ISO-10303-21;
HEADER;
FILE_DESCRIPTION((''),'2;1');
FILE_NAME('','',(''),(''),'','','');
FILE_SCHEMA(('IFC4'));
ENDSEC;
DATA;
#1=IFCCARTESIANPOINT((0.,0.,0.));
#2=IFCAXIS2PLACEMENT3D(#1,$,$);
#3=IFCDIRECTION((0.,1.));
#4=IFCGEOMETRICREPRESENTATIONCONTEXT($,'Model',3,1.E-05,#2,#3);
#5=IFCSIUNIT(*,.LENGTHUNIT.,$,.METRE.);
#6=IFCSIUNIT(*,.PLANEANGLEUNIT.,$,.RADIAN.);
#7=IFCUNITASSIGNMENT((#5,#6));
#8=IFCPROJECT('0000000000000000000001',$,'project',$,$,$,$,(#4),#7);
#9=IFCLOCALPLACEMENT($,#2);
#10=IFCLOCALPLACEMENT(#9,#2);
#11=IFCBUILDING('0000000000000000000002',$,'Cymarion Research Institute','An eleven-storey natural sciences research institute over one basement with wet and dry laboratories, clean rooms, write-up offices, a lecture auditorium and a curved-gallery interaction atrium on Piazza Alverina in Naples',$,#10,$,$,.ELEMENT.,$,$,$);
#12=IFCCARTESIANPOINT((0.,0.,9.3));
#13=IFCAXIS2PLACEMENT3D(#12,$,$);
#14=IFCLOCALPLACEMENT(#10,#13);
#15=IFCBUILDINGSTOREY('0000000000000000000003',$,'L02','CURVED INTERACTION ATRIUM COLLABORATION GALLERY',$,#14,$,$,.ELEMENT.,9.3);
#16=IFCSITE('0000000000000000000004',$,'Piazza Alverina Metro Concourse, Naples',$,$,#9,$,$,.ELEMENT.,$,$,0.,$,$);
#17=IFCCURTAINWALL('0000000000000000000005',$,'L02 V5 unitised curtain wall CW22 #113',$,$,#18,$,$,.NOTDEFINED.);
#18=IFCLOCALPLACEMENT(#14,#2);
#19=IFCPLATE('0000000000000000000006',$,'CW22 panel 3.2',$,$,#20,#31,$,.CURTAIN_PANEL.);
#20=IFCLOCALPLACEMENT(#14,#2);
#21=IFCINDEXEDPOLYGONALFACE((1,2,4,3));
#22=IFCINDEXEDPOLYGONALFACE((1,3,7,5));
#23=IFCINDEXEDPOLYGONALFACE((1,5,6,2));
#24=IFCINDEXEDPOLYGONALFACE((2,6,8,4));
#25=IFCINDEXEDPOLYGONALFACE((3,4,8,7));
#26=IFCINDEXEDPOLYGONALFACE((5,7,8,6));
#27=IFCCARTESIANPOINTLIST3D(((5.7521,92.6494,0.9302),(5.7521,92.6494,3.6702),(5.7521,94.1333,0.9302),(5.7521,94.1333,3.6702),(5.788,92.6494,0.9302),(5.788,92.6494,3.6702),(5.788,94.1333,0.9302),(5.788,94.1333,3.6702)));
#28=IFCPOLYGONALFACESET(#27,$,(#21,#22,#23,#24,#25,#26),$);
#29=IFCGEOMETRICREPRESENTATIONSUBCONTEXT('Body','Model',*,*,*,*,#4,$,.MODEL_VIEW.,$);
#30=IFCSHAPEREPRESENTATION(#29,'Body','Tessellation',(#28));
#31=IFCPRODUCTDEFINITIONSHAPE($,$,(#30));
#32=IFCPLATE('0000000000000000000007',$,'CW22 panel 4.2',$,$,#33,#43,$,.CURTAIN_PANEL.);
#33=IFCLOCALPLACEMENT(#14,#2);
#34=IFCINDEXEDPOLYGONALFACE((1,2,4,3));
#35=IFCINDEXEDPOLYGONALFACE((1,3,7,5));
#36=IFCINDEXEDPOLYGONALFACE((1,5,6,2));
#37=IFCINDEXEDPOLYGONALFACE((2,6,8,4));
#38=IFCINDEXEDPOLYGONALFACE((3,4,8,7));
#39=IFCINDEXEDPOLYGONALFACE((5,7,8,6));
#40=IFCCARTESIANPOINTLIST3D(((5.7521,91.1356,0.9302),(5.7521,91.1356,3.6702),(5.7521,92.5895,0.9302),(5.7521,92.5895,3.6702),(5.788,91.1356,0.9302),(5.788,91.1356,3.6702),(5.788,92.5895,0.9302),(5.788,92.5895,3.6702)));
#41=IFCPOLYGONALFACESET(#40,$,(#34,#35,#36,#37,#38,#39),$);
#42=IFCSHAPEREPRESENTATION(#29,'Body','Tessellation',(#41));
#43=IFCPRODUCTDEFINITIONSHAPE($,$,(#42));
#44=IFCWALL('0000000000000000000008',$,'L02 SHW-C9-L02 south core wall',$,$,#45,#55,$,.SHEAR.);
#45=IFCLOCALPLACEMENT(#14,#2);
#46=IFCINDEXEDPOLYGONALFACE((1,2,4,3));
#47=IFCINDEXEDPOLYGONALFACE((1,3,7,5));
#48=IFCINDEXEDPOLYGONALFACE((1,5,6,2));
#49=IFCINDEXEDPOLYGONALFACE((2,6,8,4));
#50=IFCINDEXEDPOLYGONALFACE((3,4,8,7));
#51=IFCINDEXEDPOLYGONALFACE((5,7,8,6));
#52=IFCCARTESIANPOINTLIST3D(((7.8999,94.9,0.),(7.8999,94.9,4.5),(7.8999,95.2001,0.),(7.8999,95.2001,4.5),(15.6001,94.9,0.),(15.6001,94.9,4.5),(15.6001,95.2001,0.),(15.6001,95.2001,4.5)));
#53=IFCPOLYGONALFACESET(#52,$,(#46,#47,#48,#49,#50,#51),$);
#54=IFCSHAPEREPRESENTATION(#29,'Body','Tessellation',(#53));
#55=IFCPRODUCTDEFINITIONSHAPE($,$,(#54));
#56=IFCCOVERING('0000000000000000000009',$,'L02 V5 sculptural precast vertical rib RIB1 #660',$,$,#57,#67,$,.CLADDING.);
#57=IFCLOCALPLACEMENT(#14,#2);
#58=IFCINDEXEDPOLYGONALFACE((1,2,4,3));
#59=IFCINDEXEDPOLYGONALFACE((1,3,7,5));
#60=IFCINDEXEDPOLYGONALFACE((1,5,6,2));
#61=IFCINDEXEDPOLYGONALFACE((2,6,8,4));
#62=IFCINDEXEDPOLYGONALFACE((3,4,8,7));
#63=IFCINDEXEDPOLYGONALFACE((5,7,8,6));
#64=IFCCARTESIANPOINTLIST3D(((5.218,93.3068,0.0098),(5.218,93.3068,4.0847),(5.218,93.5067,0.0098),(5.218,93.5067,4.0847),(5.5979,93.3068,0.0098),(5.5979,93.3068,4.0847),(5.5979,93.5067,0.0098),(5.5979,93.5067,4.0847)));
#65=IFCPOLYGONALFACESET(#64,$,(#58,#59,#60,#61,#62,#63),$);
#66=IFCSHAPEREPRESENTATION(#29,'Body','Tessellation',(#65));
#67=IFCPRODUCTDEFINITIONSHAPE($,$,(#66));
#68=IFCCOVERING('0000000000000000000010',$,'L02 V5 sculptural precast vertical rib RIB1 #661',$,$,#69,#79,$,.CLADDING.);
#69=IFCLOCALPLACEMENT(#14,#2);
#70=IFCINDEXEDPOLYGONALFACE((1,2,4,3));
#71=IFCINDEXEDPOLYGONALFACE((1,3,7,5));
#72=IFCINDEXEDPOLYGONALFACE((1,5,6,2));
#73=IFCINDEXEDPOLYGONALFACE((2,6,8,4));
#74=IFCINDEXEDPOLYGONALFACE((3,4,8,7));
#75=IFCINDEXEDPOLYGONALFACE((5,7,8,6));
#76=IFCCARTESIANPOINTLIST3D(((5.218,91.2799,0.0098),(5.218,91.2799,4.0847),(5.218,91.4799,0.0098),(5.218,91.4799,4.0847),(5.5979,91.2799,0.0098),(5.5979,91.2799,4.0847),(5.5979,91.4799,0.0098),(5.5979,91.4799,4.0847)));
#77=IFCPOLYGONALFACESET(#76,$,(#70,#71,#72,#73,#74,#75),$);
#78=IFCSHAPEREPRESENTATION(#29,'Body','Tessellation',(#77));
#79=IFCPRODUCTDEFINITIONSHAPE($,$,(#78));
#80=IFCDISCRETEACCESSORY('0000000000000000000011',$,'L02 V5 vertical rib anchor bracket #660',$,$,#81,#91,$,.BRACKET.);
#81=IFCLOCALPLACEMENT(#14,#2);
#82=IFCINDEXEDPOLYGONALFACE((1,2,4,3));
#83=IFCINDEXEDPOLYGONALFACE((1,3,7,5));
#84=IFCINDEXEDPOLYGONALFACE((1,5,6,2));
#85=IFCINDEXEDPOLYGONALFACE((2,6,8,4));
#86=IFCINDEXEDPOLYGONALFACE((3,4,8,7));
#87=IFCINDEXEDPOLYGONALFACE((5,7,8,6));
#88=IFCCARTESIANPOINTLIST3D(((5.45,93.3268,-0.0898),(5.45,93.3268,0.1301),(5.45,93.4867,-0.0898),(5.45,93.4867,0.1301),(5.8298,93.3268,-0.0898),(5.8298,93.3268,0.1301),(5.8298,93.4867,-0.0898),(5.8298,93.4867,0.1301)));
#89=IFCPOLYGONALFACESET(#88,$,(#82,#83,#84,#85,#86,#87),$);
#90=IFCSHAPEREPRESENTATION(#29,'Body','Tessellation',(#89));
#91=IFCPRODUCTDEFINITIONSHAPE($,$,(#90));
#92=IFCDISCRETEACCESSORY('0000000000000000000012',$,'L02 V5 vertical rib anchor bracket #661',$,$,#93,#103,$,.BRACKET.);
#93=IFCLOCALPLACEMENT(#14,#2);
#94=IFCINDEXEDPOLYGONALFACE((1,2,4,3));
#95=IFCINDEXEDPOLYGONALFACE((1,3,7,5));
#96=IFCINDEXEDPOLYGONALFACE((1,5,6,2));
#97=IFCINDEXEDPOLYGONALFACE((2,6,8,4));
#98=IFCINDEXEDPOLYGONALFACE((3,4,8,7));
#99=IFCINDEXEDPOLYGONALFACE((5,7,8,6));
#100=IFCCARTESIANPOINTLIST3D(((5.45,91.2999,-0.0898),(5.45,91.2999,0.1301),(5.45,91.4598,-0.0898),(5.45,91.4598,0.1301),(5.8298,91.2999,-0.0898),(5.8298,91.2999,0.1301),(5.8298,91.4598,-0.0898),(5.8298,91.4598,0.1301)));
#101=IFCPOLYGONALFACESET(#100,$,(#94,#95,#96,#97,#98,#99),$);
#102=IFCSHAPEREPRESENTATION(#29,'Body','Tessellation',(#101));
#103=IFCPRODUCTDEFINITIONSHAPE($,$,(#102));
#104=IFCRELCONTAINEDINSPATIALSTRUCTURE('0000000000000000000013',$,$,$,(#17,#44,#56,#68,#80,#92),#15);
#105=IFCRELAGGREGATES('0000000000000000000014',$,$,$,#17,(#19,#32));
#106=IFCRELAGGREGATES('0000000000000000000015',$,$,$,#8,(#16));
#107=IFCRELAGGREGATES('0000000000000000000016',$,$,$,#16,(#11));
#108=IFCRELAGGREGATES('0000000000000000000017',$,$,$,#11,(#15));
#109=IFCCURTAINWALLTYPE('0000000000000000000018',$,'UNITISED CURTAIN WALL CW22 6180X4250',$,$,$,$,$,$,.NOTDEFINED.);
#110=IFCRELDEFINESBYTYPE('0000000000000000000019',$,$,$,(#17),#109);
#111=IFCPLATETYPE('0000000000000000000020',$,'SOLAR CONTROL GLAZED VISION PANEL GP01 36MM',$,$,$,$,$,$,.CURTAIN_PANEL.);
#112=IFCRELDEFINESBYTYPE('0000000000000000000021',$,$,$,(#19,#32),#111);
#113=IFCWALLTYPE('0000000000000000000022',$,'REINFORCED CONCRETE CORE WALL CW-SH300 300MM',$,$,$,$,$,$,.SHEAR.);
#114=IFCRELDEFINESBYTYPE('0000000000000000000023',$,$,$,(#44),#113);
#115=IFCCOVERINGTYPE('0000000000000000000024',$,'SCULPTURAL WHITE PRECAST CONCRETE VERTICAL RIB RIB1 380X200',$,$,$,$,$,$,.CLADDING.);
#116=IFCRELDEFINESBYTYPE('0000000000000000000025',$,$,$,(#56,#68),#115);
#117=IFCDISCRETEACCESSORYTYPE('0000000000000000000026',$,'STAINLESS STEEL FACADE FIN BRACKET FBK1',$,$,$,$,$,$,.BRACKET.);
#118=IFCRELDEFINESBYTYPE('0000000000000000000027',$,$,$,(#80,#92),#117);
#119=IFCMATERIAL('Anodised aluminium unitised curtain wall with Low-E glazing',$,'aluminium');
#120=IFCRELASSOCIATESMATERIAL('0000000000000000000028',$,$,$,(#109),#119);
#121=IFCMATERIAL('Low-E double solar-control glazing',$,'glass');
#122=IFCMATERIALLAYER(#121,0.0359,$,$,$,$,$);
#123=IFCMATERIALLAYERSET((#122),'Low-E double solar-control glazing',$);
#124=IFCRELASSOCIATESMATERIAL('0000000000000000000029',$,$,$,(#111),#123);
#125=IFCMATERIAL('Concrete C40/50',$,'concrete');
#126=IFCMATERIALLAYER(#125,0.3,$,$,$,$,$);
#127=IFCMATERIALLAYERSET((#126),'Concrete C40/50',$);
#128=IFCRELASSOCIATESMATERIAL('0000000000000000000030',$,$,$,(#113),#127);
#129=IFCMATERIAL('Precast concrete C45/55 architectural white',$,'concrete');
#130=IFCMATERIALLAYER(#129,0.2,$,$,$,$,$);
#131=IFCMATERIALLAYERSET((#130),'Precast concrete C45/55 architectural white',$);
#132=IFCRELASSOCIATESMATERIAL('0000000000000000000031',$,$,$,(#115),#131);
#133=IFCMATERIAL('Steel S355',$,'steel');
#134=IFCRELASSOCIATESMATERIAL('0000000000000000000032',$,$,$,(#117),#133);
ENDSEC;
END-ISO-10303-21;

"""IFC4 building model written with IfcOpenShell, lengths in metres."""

from ifc_helpers import new_model, si_unit, direction, frame, frame_2d, origin, origin_2d, place, context, subcontext, project, spatial, rectangle, extrude, material, layer, layer_set, type_object, element, aggregate, save


model = new_model("IFC4")

# Units and contexts
model_context = context("Model", 3, precision=1e-05, world=origin(), true_north=direction((0.0, 1.0)))
body_context = subcontext(model_context, "Body", "Model", "MODEL_VIEW")
ifc_project = project(units=[si_unit("LENGTHUNIT", "METRE"), si_unit("PLANEANGLEUNIT", "RADIAN")], contexts=[model_context])

# Site, building, storey
site_placement = place(None, origin())
site = spatial("IfcSite", under=ifc_project, at=site_placement, Name="Piazza Alverina Metro Concourse, Naples", CompositionType="ELEMENT", RefElevation=0.0)
building_placement = place(site_placement, origin())
building = spatial("IfcBuilding", under=site, at=building_placement, Name="Cymarion Research Institute", Description="An eleven-storey natural sciences research institute over one basement with wet and dry laboratories, clean rooms, write-up offices, a lecture auditorium and a curved-gallery interaction atrium on Piazza Alverina in Naples", CompositionType="ELEMENT")
storey_placement = place(building_placement, frame((0.0, 0.0, 9.3)))
storey = spatial("IfcBuildingStorey", under=building, at=storey_placement, Name="L02", Description="CURVED INTERACTION ATRIUM COLLABORATION GALLERY", CompositionType="ELEMENT", Elevation=9.3)

# Shared definitions
ifc_material_1 = material(Name="Steel S355", Category="steel")

# Curtain wall
ifc_material_2 = material(Name="Anodised aluminium unitised curtain wall with Low-E glazing", Category="aluminium")
curtain_wall_type = type_object("IfcCurtainWallType", Name="UNITISED CURTAIN WALL CW22 6180X4250", PredefinedType="NOTDEFINED", material=ifc_material_2)
curtain_wall_placement = place(storey_placement, origin())
curtain_wall = element("IfcCurtainWall", 1, at=curtain_wall_placement, inside=storey, type_object=curtain_wall_type, Name="L02 V5 unitised curtain wall CW22 #113", PredefinedType="NOTDEFINED")

# Plates
ifc_material_3 = material(Name="Low-E double solar-control glazing", Category="glass")
ifc_layer_1 = layer(ifc_material_3, 0.0359)
ifc_layer_set_1 = layer_set([ifc_layer_1], Name="Low-E double solar-control glazing")
plate_type_1 = type_object("IfcPlateType", Name="SOLAR CONTROL GLAZED VISION PANEL GP01 36MM", PredefinedType="CURTAIN_PANEL", material=ifc_layer_set_1)
plate_1_placement = place(storey_placement, frame((5.77, 93.3914, 0.9302), z_axis=(0.0, 0.0, 1.0), x_axis=(0.0, -1.0, 0.0)))
plate_1 = element("IfcPlate", 2, at=plate_1_placement, type_object=plate_type_1, Name="CW22 panel 3.2", PredefinedType="CURTAIN_PANEL", context=body_context, shape_type="SweptSolid", body=[
    extrude(rectangle(XDim=1.4839, YDim=0.0359, at=origin_2d()), origin(), (0.0, 0.0, 1.0), 2.74),
])
plate_2_placement = place(storey_placement, frame((5.77, 91.8625, 0.9302), z_axis=(0.0, 0.0, 1.0), x_axis=(0.0, -1.0, 0.0)))
plate_2 = element("IfcPlate", 3, at=plate_2_placement, type_object=plate_type_1, Name="CW22 panel 4.2", PredefinedType="CURTAIN_PANEL", context=body_context, shape_type="SweptSolid", body=[
    extrude(rectangle(XDim=1.4539, YDim=0.0359, at=origin_2d()), origin(), (0.0, 0.0, 1.0), 2.74),
])
aggregate(curtain_wall, [plate_1, plate_2])

# Wall
ifc_material_4 = material(Name="Concrete C40/50", Category="concrete")
ifc_layer_2 = layer(ifc_material_4, 0.3)
ifc_layer_set_2 = layer_set([ifc_layer_2], Name="Concrete C40/50")
wall_type = type_object("IfcWallType", Name="REINFORCED CONCRETE CORE WALL CW-SH300 300MM", PredefinedType="SHEAR", material=ifc_layer_set_2)
wall_placement = place(storey_placement, frame((7.8999, 95.05, 0.0), z_axis=(0.0, 0.0, 1.0), x_axis=(1.0, 0.0, 0.0)))
element("IfcWall", 4, at=wall_placement, inside=storey, type_object=wall_type, Name="L02 SHW-C9-L02 south core wall", PredefinedType="SHEAR", context=body_context, shape_type="SweptSolid", body=[
    extrude(rectangle(XDim=7.7002, YDim=0.3, at=frame_2d((3.8501, 0.0))), origin(), (0.0, 0.0, 1.0), 4.5),
])

# Coverings
ifc_material_5 = material(Name="Precast concrete C45/55 architectural white", Category="concrete")
ifc_layer_3 = layer(ifc_material_5, 0.2)
ifc_layer_set_3 = layer_set([ifc_layer_3], Name="Precast concrete C45/55 architectural white")
covering_type = type_object("IfcCoveringType", Name="SCULPTURAL WHITE PRECAST CONCRETE VERTICAL RIB RIB1 380X200", PredefinedType="CLADDING", material=ifc_layer_set_3)
for number, where, z_axis, x_axis, name in (
    (5, (5.408, 93.4067, 0.0098), (0.0, 0.0, 1.0), (-1.0, 0.0, 0.0), "L02 V5 sculptural precast vertical rib RIB1 #660"),
    (6, (5.408, 91.3799, 0.0098), (0.0, 0.0, 1.0), (-1.0, 0.0, 0.0), "L02 V5 sculptural precast vertical rib RIB1 #661"),
):
    element("IfcCovering", number, at=place(storey_placement, frame(where, z_axis=z_axis, x_axis=x_axis)), inside=storey, type_object=covering_type, Name=name, PredefinedType="CLADDING", context=body_context, shape_type="SweptSolid", body=[
        extrude(rectangle(XDim=0.3799, YDim=0.2, at=origin_2d()), origin(), (0.0, 0.0, 1.0), 4.075),
    ])

# Discrete accessories
discrete_accessory_type = type_object("IfcDiscreteAccessoryType", Name="STAINLESS STEEL FACADE FIN BRACKET FBK1", PredefinedType="BRACKET", material=ifc_material_1)
for number, where, z_axis, x_axis, name in (
    (7, (5.6399, 93.4067, -0.0898), (0.0, 0.0, 1.0), (-1.0, 0.0, 0.0), "L02 V5 vertical rib anchor bracket #660"),
    (8, (5.6399, 91.3799, -0.0898), (0.0, 0.0, 1.0), (-1.0, 0.0, 0.0), "L02 V5 vertical rib anchor bracket #661"),
):
    element("IfcDiscreteAccessory", number, at=place(storey_placement, frame(where, z_axis=z_axis, x_axis=x_axis)), inside=storey, type_object=discrete_accessory_type, Name=name, PredefinedType="BRACKET", context=body_context, shape_type="SweptSolid", body=[
        extrude(rectangle(XDim=0.3799, YDim=0.1599, at=origin_2d()), origin(), (0.0, 0.0, 1.0), 0.22),
    ])

save(model, "model.ifc")
